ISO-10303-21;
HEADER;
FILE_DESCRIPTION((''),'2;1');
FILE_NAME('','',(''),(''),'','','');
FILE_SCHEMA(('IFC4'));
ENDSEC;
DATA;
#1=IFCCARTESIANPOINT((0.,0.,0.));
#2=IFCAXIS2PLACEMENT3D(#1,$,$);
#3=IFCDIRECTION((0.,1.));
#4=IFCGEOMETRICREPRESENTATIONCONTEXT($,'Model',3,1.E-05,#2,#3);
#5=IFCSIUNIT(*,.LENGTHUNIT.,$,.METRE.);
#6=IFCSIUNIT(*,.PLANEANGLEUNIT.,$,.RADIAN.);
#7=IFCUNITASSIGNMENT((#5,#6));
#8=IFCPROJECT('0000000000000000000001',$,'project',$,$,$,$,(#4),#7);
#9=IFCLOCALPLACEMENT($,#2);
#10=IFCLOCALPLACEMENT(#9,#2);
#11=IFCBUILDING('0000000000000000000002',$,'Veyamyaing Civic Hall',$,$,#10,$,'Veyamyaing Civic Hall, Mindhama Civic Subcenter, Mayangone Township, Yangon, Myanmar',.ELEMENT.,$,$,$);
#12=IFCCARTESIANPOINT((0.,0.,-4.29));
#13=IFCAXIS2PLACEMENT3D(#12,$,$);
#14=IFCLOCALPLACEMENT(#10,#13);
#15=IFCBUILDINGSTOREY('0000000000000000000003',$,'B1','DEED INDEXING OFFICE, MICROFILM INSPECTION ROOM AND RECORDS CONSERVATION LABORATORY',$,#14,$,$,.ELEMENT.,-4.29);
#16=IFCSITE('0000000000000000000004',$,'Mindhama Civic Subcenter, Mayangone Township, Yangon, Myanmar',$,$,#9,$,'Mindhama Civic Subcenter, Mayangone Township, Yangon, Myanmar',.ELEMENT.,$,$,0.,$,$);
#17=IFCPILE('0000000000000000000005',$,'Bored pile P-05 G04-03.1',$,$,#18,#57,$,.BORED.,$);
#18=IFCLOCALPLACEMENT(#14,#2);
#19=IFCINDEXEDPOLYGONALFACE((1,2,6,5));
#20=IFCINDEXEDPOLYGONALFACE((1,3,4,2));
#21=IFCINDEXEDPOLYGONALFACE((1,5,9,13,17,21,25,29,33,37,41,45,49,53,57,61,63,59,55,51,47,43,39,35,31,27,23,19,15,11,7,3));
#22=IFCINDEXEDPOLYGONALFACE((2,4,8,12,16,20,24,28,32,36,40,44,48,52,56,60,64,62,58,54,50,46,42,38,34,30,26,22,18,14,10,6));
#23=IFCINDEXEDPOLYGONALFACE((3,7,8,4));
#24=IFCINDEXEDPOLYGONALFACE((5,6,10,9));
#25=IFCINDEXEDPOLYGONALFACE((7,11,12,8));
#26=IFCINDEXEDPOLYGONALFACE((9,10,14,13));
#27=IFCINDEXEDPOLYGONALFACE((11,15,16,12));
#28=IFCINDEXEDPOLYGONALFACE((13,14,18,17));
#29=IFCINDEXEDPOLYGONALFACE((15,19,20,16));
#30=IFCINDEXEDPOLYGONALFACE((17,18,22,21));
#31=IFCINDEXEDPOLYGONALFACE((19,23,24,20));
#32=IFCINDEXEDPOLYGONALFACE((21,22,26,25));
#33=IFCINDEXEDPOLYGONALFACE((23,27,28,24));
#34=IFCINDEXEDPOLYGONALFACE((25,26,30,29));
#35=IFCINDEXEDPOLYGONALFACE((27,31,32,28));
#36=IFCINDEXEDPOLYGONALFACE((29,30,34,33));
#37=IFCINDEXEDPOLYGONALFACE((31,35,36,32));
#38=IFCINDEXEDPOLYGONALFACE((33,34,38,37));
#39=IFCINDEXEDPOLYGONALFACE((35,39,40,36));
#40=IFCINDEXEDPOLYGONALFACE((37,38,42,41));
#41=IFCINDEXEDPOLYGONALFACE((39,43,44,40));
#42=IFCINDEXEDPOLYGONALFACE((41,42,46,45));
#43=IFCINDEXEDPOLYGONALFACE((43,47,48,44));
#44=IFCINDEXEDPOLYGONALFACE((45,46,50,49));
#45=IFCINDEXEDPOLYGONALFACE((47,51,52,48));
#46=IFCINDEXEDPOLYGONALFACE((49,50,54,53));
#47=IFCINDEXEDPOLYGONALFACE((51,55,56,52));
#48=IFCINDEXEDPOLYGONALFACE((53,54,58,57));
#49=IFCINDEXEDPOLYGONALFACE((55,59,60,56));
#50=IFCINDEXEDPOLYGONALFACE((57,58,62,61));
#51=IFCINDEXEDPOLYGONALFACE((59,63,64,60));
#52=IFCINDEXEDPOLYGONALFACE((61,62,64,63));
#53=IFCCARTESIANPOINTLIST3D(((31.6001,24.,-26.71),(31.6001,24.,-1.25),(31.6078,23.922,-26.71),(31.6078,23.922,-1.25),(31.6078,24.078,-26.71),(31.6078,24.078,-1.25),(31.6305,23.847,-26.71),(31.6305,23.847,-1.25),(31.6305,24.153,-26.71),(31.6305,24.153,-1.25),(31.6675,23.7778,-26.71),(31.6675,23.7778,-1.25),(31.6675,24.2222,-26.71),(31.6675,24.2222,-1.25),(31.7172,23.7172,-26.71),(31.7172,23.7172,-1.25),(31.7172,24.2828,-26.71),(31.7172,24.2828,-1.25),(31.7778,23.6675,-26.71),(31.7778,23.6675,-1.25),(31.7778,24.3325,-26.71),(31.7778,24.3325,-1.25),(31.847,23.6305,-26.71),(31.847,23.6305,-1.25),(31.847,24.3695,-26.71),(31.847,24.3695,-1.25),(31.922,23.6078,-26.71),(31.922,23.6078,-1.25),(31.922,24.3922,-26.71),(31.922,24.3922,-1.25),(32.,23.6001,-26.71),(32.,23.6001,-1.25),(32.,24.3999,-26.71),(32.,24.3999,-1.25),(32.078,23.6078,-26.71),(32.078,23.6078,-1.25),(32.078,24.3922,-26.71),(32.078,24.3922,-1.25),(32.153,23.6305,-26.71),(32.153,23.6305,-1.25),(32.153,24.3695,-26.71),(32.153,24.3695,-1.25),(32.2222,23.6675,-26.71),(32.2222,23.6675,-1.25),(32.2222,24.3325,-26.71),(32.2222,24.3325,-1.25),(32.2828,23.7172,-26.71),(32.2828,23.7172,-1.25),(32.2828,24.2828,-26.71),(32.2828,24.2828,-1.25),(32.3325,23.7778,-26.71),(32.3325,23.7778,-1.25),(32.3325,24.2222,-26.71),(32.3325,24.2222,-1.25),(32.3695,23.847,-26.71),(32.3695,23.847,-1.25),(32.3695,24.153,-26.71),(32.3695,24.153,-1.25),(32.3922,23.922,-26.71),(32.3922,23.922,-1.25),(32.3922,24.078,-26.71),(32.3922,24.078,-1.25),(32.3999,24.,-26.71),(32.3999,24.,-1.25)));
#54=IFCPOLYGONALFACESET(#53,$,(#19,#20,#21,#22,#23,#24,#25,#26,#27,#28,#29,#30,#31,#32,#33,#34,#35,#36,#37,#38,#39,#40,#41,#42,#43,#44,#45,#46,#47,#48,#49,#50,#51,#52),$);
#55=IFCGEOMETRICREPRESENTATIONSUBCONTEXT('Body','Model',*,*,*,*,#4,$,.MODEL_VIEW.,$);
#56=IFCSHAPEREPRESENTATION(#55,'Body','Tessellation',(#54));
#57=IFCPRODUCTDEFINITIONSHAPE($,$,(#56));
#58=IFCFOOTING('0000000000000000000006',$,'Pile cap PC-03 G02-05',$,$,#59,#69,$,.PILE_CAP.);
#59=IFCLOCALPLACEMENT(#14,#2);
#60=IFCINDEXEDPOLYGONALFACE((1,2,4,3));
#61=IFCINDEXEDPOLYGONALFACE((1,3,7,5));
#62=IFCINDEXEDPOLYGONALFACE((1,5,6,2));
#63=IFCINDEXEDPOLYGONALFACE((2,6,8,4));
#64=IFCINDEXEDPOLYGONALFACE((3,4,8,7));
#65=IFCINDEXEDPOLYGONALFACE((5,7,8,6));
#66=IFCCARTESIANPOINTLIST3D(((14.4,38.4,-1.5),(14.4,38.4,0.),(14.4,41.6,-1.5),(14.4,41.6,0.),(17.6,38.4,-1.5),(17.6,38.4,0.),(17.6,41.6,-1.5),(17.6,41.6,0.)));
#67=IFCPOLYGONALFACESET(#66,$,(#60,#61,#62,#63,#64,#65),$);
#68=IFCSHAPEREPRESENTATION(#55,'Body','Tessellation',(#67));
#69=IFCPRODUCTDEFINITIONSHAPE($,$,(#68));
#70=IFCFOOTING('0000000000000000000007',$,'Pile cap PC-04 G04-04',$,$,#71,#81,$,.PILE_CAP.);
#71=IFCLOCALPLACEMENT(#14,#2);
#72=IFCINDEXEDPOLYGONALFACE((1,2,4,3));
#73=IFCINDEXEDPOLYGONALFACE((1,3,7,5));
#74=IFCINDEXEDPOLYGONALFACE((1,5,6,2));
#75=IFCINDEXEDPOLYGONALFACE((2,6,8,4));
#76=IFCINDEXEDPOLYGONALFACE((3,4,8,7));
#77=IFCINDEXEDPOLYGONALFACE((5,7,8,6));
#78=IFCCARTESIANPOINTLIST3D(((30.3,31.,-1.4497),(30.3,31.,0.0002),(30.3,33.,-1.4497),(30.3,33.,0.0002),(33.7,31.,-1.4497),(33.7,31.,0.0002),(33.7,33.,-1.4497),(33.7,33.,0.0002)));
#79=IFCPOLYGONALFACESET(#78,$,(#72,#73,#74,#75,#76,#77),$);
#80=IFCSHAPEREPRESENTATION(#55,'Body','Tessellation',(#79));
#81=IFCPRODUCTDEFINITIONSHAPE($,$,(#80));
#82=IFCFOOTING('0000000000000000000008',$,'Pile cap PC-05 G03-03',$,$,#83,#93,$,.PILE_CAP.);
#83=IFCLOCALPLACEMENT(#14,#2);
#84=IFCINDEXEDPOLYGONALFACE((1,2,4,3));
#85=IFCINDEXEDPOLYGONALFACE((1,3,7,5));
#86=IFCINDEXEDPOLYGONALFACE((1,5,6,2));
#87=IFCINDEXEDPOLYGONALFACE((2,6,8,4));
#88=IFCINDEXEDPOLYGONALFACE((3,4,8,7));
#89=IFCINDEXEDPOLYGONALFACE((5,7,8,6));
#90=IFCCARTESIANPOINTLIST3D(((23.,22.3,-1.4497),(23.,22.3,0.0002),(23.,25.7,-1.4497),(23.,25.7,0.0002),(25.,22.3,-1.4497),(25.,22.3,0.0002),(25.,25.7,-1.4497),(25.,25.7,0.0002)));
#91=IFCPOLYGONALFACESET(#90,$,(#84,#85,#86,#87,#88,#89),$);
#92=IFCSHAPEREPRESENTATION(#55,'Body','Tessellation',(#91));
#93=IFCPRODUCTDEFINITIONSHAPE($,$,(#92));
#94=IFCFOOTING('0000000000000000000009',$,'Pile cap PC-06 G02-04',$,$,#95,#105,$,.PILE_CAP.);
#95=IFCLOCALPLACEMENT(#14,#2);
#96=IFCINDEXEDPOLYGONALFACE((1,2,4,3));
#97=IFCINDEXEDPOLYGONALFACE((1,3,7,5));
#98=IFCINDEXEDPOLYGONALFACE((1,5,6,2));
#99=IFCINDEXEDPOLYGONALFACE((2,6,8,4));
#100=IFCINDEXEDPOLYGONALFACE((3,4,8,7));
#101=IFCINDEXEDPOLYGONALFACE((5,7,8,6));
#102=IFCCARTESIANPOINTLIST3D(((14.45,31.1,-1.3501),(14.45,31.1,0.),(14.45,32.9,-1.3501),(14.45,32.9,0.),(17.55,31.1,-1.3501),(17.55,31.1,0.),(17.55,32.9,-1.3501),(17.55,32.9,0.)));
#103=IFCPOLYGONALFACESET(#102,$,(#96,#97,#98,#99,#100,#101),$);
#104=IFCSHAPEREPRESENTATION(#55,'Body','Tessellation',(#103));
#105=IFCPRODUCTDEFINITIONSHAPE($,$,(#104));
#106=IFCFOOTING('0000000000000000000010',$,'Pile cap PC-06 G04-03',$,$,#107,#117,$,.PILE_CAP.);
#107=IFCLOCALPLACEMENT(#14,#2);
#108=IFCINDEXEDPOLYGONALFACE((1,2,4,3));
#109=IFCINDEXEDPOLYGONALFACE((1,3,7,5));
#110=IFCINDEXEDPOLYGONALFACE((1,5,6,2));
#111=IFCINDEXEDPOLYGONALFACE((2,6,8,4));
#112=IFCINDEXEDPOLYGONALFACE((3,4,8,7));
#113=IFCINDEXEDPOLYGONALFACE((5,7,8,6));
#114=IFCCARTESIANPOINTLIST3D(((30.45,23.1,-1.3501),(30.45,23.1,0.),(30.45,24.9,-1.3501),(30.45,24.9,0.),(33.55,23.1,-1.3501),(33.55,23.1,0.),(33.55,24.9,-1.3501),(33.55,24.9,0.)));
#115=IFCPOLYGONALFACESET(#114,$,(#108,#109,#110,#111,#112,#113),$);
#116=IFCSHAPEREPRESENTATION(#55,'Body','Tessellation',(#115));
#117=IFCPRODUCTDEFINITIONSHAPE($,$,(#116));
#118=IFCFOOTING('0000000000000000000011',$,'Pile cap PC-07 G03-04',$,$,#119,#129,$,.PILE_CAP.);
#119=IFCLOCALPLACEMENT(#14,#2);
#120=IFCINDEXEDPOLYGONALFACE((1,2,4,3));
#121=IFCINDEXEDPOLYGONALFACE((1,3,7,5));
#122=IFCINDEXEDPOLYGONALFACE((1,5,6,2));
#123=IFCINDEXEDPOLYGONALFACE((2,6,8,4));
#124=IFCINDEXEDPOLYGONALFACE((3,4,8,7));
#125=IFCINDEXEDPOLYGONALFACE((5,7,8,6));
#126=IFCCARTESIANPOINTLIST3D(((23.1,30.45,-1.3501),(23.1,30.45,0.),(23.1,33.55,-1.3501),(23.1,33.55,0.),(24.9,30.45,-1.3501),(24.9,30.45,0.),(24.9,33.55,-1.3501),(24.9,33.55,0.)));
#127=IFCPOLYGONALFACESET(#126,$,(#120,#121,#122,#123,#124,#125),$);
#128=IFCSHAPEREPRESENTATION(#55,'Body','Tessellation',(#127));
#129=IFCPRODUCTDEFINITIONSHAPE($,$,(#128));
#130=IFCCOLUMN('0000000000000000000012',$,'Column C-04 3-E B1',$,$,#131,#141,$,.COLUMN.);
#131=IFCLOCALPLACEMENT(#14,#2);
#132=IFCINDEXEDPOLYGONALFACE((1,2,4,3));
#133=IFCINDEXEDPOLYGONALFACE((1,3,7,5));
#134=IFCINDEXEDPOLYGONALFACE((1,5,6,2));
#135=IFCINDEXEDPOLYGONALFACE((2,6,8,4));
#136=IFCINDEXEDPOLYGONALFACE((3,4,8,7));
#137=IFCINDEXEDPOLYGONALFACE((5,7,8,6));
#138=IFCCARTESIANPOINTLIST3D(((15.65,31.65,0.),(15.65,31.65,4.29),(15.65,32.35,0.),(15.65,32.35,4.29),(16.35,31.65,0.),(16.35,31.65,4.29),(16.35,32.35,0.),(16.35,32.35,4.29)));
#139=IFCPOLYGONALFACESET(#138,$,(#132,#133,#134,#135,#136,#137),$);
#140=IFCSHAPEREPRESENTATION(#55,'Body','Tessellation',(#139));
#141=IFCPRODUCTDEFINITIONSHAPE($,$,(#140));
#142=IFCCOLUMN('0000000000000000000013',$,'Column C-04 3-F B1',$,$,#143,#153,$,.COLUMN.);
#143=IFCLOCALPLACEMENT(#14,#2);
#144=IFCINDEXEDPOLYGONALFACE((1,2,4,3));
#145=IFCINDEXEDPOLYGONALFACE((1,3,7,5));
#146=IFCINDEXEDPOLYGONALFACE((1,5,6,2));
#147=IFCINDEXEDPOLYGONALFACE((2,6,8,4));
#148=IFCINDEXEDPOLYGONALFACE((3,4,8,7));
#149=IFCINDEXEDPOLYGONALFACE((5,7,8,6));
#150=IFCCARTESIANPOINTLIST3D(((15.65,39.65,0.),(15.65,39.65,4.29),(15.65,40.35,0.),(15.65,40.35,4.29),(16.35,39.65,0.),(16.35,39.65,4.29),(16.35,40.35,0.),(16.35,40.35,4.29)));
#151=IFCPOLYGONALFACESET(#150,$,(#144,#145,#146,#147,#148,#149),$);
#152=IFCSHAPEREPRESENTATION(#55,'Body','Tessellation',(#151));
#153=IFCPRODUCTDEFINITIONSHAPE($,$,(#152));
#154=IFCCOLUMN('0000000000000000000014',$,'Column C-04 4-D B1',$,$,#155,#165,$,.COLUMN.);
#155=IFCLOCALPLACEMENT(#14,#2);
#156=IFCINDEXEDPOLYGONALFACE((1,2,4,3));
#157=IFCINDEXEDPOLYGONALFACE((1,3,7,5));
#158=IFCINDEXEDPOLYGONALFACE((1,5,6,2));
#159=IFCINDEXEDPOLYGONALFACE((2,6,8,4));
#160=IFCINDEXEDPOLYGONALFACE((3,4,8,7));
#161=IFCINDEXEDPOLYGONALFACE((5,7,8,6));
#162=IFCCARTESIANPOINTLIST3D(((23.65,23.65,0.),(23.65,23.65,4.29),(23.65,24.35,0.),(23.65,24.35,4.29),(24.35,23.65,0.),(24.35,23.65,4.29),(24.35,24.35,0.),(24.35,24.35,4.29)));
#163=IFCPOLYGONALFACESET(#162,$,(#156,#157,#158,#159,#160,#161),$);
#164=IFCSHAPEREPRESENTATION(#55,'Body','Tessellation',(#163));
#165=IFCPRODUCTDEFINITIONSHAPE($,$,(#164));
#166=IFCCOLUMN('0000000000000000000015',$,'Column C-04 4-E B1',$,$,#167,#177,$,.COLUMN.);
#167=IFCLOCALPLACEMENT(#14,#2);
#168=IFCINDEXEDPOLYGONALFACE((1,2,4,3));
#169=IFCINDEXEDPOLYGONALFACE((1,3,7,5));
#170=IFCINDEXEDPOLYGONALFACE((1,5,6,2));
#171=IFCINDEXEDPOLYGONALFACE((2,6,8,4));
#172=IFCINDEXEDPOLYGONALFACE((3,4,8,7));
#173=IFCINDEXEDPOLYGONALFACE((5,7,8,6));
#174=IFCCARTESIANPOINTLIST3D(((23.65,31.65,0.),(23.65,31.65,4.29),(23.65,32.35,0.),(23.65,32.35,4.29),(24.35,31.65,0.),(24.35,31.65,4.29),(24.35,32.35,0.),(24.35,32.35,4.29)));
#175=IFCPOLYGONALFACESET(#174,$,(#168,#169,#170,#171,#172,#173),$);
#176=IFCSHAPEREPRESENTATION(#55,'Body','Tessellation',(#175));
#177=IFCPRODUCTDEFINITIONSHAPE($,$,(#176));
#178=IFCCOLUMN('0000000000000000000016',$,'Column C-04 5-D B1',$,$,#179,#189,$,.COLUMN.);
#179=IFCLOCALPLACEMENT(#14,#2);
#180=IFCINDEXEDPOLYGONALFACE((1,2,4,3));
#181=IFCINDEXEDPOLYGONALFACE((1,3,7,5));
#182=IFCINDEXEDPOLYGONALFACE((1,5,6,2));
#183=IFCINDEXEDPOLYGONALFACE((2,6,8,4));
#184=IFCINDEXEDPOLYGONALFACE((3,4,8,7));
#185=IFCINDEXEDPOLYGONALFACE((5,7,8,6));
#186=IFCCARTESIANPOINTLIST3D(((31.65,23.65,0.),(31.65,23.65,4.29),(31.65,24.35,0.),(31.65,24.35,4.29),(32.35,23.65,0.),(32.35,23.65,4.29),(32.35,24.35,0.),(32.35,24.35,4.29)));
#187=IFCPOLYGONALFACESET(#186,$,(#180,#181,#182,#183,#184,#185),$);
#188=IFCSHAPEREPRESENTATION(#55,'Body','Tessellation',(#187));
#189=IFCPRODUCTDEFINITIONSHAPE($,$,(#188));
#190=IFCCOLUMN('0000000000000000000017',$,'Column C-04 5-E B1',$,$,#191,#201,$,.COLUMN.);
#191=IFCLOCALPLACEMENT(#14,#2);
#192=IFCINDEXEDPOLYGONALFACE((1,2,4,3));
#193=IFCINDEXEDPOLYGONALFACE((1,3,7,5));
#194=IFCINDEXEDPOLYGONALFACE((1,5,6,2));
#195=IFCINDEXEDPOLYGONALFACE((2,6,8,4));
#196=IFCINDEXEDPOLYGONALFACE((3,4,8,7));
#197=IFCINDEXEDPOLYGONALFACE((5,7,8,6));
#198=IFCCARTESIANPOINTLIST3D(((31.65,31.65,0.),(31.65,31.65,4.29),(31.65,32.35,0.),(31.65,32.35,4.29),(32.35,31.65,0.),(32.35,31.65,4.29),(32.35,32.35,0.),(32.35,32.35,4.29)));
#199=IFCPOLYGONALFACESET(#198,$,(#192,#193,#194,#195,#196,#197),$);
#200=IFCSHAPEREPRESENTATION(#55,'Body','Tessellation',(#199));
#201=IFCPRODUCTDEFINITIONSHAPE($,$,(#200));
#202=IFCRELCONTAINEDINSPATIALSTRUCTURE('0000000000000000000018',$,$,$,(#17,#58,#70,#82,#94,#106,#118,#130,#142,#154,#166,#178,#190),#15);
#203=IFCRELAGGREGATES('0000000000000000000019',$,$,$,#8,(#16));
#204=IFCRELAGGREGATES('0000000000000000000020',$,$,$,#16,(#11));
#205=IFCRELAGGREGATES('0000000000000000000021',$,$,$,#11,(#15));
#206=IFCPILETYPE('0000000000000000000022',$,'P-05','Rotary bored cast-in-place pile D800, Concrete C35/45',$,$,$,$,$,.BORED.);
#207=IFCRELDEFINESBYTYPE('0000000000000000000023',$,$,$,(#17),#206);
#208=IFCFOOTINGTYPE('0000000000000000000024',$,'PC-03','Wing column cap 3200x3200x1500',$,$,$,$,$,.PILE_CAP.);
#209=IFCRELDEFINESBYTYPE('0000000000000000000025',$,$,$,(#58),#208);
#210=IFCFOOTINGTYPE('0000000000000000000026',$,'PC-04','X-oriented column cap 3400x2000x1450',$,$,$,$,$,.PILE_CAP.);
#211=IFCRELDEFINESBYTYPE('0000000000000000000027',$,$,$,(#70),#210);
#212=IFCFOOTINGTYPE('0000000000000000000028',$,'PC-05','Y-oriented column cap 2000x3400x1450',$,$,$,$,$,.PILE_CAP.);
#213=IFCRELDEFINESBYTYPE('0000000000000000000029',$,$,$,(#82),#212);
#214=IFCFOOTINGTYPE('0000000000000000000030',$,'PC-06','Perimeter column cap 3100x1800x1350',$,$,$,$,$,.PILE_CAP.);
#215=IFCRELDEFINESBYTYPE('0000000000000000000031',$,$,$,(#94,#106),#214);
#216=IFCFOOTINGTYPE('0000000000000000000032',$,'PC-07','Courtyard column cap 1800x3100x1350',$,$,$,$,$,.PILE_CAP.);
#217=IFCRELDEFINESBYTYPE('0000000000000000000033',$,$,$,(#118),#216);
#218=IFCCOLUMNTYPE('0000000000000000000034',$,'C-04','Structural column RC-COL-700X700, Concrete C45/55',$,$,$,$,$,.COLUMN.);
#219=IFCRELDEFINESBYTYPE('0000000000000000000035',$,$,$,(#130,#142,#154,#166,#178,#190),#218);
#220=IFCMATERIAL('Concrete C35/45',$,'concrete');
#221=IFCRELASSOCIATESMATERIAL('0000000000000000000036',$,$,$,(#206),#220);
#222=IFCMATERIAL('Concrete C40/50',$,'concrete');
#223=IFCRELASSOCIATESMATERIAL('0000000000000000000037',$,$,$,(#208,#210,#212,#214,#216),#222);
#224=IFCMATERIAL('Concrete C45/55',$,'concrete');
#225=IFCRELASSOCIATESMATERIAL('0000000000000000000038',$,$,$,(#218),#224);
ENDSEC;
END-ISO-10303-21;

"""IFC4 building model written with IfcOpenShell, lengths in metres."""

from ifc_helpers import new_model, si_unit, direction, frame, origin, origin_2d, place, context, subcontext, project, spatial, rectangle, circle, extrude, material, material_profile, profile_set, type_object, element, save


model = new_model("IFC4")

# Units and contexts
model_context = context("Model", 3, precision=1e-05, world=origin(), true_north=direction((0.0, 1.0)))
body_context = subcontext(model_context, "Body", "Model", "MODEL_VIEW")
ifc_project = project(units=[si_unit("LENGTHUNIT", "METRE"), si_unit("PLANEANGLEUNIT", "RADIAN")], contexts=[model_context])

# Site, building, storey
site_placement = place(None, origin())
site = spatial("IfcSite", under=ifc_project, at=site_placement, Name="Mindhama Civic Subcenter, Mayangone Township, Yangon, Myanmar", LongName="Mindhama Civic Subcenter, Mayangone Township, Yangon, Myanmar", CompositionType="ELEMENT", RefElevation=0.0)
building_placement = place(site_placement, origin())
building = spatial("IfcBuilding", under=site, at=building_placement, Name="Veyamyaing Civic Hall", LongName="Veyamyaing Civic Hall, Mindhama Civic Subcenter, Mayangone Township, Yangon, Myanmar", CompositionType="ELEMENT")
storey_placement = place(building_placement, frame((0.0, 0.0, -4.29)))
storey = spatial("IfcBuildingStorey", under=building, at=storey_placement, Name="B1", Description="DEED INDEXING OFFICE, MICROFILM INSPECTION ROOM AND RECORDS CONSERVATION LABORATORY", CompositionType="ELEMENT", Elevation=-4.29)

# Shared definitions
ifc_material_1 = material(Name="Concrete C40/50", Category="concrete")

# Pile
ifc_material_2 = material(Name="Concrete C35/45", Category="concrete")
ifc_material_profile_1 = material_profile(ifc_material_2, circle(Radius=0.3999, at=origin_2d()), Name="PILE-D800")
ifc_profile_set_1 = profile_set([ifc_material_profile_1], Name="Concrete C35/45")
pile_type_1 = type_object("IfcPileType", Name="P-05", Description="Rotary bored cast-in-place pile D800, Concrete C35/45", PredefinedType="BORED", material=ifc_profile_set_1)
for number, where, z_axis, x_axis, name in (
    (1, (32.0, 24.0, -1.25), (0.0, 0.0, -1.0), (1.0, 0.0, 0.0), "Bored pile P-05 G04-03.1"),
):
    element("IfcPile", number, at=place(storey_placement, frame(where, z_axis=z_axis, x_axis=x_axis)), inside=storey, type_object=pile_type_1, Name=name, PredefinedType="BORED", context=body_context, shape_type="SweptSolid", body=[
        extrude(circle(Radius=0.3999, at=origin_2d()), origin(), (0.0, 0.0, 1.0), 25.46),
    ])

# Footings
footing_type_1 = type_object("IfcFootingType", Name="PC-03", Description="Wing column cap 3200x3200x1500", PredefinedType="PILE_CAP", material=ifc_material_1)
footing_1_placement = place(storey_placement, frame((16.0, 40.0, -1.5), z_axis=(0.0, 0.0, 1.0), x_axis=(1.0, 0.0, 0.0)))
element("IfcFooting", 2, at=footing_1_placement, inside=storey, type_object=footing_type_1, Name="Pile cap PC-03 G02-05", PredefinedType="PILE_CAP", context=body_context, shape_type="SweptSolid", body=[
    extrude(rectangle(XDim=3.2, YDim=3.2, at=origin_2d()), origin(), (0.0, 0.0, 1.0), 1.5),
])
footing_type_2 = type_object("IfcFootingType", Name="PC-04", Description="X-oriented column cap 3400x2000x1450", PredefinedType="PILE_CAP", material=ifc_material_1)
footing_2_placement = place(storey_placement, frame((32.0, 32.0, -1.4497), z_axis=(0.0, 0.0, 1.0), x_axis=(1.0, 0.0, 0.0)))
element("IfcFooting", 3, at=footing_2_placement, inside=storey, type_object=footing_type_2, Name="Pile cap PC-04 G04-04", PredefinedType="PILE_CAP", context=body_context, shape_type="SweptSolid", body=[
    extrude(rectangle(XDim=3.3999, YDim=2.0, at=origin_2d()), origin(), (0.0, 0.0, 1.0), 1.45),
])
footing_type_3 = type_object("IfcFootingType", Name="PC-05", Description="Y-oriented column cap 2000x3400x1450", PredefinedType="PILE_CAP", material=ifc_material_1)
footing_3_placement = place(storey_placement, frame((24.0, 24.0, -1.4497), z_axis=(0.0, 0.0, 1.0), x_axis=(1.0, 0.0, 0.0)))
element("IfcFooting", 4, at=footing_3_placement, inside=storey, type_object=footing_type_3, Name="Pile cap PC-05 G03-03", PredefinedType="PILE_CAP", context=body_context, shape_type="SweptSolid", body=[
    extrude(rectangle(XDim=2.0, YDim=3.3999, at=origin_2d()), origin(), (0.0, 0.0, 1.0), 1.45),
])
footing_type_4 = type_object("IfcFootingType", Name="PC-06", Description="Perimeter column cap 3100x1800x1350", PredefinedType="PILE_CAP", material=ifc_material_1)
for number, where, z_axis, x_axis, name in (
    (5, (16.0, 32.0, -1.3501), (0.0, 0.0, 1.0), (1.0, 0.0, 0.0), "Pile cap PC-06 G02-04"),
    (6, (32.0, 24.0, -1.3501), (0.0, 0.0, 1.0), (1.0, 0.0, 0.0), "Pile cap PC-06 G04-03"),
):
    element("IfcFooting", number, at=place(storey_placement, frame(where, z_axis=z_axis, x_axis=x_axis)), inside=storey, type_object=footing_type_4, Name=name, PredefinedType="PILE_CAP", context=body_context, shape_type="SweptSolid", body=[
        extrude(rectangle(XDim=3.1001, YDim=1.8, at=origin_2d()), origin(), (0.0, 0.0, 1.0), 1.3501),
    ])
footing_type_5 = type_object("IfcFootingType", Name="PC-07", Description="Courtyard column cap 1800x3100x1350", PredefinedType="PILE_CAP", material=ifc_material_1)
footing_4_placement = place(storey_placement, frame((24.0, 32.0, -1.3501), z_axis=(0.0, 0.0, 1.0), x_axis=(1.0, 0.0, 0.0)))
element("IfcFooting", 7, at=footing_4_placement, inside=storey, type_object=footing_type_5, Name="Pile cap PC-07 G03-04", PredefinedType="PILE_CAP", context=body_context, shape_type="SweptSolid", body=[
    extrude(rectangle(XDim=1.8, YDim=3.1001, at=origin_2d()), origin(), (0.0, 0.0, 1.0), 1.3501),
])

# Columns
ifc_material_3 = material(Name="Concrete C45/55", Category="concrete")
ifc_material_profile_2 = material_profile(ifc_material_3, rectangle(XDim=0.7, YDim=0.7, at=origin_2d()), Name="RC-COL-700X700")
ifc_profile_set_2 = profile_set([ifc_material_profile_2], Name="Concrete C45/55")
column_type = type_object("IfcColumnType", Name="C-04", Description="Structural column RC-COL-700X700, Concrete C45/55", PredefinedType="COLUMN", material=ifc_profile_set_2)
for number, where, z_axis, x_axis, name in (
    (8, (16.0, 32.0, 0.0), (0.0, 0.0, 1.0), (1.0, 0.0, 0.0), "Column C-04 3-E B1"),
    (9, (16.0, 40.0, 0.0), (0.0, 0.0, 1.0), (1.0, 0.0, 0.0), "Column C-04 3-F B1"),
    (10, (24.0, 24.0, 0.0), (0.0, 0.0, 1.0), (1.0, 0.0, 0.0), "Column C-04 4-D B1"),
    (11, (24.0, 32.0, 0.0), (0.0, 0.0, 1.0), (1.0, 0.0, 0.0), "Column C-04 4-E B1"),
    (12, (32.0, 24.0, 0.0), (0.0, 0.0, 1.0), (1.0, 0.0, 0.0), "Column C-04 5-D B1"),
    (13, (32.0, 32.0, 0.0), (0.0, 0.0, 1.0), (1.0, 0.0, 0.0), "Column C-04 5-E B1"),
):
    element("IfcColumn", number, at=place(storey_placement, frame(where, z_axis=z_axis, x_axis=x_axis)), inside=storey, type_object=column_type, Name=name, PredefinedType="COLUMN", context=body_context, shape_type="SweptSolid", body=[
        extrude(rectangle(XDim=0.7, YDim=0.7, at=origin_2d()), origin(), (0.0, 0.0, 1.0), 4.29),
    ])

save(model, "model.ifc")
